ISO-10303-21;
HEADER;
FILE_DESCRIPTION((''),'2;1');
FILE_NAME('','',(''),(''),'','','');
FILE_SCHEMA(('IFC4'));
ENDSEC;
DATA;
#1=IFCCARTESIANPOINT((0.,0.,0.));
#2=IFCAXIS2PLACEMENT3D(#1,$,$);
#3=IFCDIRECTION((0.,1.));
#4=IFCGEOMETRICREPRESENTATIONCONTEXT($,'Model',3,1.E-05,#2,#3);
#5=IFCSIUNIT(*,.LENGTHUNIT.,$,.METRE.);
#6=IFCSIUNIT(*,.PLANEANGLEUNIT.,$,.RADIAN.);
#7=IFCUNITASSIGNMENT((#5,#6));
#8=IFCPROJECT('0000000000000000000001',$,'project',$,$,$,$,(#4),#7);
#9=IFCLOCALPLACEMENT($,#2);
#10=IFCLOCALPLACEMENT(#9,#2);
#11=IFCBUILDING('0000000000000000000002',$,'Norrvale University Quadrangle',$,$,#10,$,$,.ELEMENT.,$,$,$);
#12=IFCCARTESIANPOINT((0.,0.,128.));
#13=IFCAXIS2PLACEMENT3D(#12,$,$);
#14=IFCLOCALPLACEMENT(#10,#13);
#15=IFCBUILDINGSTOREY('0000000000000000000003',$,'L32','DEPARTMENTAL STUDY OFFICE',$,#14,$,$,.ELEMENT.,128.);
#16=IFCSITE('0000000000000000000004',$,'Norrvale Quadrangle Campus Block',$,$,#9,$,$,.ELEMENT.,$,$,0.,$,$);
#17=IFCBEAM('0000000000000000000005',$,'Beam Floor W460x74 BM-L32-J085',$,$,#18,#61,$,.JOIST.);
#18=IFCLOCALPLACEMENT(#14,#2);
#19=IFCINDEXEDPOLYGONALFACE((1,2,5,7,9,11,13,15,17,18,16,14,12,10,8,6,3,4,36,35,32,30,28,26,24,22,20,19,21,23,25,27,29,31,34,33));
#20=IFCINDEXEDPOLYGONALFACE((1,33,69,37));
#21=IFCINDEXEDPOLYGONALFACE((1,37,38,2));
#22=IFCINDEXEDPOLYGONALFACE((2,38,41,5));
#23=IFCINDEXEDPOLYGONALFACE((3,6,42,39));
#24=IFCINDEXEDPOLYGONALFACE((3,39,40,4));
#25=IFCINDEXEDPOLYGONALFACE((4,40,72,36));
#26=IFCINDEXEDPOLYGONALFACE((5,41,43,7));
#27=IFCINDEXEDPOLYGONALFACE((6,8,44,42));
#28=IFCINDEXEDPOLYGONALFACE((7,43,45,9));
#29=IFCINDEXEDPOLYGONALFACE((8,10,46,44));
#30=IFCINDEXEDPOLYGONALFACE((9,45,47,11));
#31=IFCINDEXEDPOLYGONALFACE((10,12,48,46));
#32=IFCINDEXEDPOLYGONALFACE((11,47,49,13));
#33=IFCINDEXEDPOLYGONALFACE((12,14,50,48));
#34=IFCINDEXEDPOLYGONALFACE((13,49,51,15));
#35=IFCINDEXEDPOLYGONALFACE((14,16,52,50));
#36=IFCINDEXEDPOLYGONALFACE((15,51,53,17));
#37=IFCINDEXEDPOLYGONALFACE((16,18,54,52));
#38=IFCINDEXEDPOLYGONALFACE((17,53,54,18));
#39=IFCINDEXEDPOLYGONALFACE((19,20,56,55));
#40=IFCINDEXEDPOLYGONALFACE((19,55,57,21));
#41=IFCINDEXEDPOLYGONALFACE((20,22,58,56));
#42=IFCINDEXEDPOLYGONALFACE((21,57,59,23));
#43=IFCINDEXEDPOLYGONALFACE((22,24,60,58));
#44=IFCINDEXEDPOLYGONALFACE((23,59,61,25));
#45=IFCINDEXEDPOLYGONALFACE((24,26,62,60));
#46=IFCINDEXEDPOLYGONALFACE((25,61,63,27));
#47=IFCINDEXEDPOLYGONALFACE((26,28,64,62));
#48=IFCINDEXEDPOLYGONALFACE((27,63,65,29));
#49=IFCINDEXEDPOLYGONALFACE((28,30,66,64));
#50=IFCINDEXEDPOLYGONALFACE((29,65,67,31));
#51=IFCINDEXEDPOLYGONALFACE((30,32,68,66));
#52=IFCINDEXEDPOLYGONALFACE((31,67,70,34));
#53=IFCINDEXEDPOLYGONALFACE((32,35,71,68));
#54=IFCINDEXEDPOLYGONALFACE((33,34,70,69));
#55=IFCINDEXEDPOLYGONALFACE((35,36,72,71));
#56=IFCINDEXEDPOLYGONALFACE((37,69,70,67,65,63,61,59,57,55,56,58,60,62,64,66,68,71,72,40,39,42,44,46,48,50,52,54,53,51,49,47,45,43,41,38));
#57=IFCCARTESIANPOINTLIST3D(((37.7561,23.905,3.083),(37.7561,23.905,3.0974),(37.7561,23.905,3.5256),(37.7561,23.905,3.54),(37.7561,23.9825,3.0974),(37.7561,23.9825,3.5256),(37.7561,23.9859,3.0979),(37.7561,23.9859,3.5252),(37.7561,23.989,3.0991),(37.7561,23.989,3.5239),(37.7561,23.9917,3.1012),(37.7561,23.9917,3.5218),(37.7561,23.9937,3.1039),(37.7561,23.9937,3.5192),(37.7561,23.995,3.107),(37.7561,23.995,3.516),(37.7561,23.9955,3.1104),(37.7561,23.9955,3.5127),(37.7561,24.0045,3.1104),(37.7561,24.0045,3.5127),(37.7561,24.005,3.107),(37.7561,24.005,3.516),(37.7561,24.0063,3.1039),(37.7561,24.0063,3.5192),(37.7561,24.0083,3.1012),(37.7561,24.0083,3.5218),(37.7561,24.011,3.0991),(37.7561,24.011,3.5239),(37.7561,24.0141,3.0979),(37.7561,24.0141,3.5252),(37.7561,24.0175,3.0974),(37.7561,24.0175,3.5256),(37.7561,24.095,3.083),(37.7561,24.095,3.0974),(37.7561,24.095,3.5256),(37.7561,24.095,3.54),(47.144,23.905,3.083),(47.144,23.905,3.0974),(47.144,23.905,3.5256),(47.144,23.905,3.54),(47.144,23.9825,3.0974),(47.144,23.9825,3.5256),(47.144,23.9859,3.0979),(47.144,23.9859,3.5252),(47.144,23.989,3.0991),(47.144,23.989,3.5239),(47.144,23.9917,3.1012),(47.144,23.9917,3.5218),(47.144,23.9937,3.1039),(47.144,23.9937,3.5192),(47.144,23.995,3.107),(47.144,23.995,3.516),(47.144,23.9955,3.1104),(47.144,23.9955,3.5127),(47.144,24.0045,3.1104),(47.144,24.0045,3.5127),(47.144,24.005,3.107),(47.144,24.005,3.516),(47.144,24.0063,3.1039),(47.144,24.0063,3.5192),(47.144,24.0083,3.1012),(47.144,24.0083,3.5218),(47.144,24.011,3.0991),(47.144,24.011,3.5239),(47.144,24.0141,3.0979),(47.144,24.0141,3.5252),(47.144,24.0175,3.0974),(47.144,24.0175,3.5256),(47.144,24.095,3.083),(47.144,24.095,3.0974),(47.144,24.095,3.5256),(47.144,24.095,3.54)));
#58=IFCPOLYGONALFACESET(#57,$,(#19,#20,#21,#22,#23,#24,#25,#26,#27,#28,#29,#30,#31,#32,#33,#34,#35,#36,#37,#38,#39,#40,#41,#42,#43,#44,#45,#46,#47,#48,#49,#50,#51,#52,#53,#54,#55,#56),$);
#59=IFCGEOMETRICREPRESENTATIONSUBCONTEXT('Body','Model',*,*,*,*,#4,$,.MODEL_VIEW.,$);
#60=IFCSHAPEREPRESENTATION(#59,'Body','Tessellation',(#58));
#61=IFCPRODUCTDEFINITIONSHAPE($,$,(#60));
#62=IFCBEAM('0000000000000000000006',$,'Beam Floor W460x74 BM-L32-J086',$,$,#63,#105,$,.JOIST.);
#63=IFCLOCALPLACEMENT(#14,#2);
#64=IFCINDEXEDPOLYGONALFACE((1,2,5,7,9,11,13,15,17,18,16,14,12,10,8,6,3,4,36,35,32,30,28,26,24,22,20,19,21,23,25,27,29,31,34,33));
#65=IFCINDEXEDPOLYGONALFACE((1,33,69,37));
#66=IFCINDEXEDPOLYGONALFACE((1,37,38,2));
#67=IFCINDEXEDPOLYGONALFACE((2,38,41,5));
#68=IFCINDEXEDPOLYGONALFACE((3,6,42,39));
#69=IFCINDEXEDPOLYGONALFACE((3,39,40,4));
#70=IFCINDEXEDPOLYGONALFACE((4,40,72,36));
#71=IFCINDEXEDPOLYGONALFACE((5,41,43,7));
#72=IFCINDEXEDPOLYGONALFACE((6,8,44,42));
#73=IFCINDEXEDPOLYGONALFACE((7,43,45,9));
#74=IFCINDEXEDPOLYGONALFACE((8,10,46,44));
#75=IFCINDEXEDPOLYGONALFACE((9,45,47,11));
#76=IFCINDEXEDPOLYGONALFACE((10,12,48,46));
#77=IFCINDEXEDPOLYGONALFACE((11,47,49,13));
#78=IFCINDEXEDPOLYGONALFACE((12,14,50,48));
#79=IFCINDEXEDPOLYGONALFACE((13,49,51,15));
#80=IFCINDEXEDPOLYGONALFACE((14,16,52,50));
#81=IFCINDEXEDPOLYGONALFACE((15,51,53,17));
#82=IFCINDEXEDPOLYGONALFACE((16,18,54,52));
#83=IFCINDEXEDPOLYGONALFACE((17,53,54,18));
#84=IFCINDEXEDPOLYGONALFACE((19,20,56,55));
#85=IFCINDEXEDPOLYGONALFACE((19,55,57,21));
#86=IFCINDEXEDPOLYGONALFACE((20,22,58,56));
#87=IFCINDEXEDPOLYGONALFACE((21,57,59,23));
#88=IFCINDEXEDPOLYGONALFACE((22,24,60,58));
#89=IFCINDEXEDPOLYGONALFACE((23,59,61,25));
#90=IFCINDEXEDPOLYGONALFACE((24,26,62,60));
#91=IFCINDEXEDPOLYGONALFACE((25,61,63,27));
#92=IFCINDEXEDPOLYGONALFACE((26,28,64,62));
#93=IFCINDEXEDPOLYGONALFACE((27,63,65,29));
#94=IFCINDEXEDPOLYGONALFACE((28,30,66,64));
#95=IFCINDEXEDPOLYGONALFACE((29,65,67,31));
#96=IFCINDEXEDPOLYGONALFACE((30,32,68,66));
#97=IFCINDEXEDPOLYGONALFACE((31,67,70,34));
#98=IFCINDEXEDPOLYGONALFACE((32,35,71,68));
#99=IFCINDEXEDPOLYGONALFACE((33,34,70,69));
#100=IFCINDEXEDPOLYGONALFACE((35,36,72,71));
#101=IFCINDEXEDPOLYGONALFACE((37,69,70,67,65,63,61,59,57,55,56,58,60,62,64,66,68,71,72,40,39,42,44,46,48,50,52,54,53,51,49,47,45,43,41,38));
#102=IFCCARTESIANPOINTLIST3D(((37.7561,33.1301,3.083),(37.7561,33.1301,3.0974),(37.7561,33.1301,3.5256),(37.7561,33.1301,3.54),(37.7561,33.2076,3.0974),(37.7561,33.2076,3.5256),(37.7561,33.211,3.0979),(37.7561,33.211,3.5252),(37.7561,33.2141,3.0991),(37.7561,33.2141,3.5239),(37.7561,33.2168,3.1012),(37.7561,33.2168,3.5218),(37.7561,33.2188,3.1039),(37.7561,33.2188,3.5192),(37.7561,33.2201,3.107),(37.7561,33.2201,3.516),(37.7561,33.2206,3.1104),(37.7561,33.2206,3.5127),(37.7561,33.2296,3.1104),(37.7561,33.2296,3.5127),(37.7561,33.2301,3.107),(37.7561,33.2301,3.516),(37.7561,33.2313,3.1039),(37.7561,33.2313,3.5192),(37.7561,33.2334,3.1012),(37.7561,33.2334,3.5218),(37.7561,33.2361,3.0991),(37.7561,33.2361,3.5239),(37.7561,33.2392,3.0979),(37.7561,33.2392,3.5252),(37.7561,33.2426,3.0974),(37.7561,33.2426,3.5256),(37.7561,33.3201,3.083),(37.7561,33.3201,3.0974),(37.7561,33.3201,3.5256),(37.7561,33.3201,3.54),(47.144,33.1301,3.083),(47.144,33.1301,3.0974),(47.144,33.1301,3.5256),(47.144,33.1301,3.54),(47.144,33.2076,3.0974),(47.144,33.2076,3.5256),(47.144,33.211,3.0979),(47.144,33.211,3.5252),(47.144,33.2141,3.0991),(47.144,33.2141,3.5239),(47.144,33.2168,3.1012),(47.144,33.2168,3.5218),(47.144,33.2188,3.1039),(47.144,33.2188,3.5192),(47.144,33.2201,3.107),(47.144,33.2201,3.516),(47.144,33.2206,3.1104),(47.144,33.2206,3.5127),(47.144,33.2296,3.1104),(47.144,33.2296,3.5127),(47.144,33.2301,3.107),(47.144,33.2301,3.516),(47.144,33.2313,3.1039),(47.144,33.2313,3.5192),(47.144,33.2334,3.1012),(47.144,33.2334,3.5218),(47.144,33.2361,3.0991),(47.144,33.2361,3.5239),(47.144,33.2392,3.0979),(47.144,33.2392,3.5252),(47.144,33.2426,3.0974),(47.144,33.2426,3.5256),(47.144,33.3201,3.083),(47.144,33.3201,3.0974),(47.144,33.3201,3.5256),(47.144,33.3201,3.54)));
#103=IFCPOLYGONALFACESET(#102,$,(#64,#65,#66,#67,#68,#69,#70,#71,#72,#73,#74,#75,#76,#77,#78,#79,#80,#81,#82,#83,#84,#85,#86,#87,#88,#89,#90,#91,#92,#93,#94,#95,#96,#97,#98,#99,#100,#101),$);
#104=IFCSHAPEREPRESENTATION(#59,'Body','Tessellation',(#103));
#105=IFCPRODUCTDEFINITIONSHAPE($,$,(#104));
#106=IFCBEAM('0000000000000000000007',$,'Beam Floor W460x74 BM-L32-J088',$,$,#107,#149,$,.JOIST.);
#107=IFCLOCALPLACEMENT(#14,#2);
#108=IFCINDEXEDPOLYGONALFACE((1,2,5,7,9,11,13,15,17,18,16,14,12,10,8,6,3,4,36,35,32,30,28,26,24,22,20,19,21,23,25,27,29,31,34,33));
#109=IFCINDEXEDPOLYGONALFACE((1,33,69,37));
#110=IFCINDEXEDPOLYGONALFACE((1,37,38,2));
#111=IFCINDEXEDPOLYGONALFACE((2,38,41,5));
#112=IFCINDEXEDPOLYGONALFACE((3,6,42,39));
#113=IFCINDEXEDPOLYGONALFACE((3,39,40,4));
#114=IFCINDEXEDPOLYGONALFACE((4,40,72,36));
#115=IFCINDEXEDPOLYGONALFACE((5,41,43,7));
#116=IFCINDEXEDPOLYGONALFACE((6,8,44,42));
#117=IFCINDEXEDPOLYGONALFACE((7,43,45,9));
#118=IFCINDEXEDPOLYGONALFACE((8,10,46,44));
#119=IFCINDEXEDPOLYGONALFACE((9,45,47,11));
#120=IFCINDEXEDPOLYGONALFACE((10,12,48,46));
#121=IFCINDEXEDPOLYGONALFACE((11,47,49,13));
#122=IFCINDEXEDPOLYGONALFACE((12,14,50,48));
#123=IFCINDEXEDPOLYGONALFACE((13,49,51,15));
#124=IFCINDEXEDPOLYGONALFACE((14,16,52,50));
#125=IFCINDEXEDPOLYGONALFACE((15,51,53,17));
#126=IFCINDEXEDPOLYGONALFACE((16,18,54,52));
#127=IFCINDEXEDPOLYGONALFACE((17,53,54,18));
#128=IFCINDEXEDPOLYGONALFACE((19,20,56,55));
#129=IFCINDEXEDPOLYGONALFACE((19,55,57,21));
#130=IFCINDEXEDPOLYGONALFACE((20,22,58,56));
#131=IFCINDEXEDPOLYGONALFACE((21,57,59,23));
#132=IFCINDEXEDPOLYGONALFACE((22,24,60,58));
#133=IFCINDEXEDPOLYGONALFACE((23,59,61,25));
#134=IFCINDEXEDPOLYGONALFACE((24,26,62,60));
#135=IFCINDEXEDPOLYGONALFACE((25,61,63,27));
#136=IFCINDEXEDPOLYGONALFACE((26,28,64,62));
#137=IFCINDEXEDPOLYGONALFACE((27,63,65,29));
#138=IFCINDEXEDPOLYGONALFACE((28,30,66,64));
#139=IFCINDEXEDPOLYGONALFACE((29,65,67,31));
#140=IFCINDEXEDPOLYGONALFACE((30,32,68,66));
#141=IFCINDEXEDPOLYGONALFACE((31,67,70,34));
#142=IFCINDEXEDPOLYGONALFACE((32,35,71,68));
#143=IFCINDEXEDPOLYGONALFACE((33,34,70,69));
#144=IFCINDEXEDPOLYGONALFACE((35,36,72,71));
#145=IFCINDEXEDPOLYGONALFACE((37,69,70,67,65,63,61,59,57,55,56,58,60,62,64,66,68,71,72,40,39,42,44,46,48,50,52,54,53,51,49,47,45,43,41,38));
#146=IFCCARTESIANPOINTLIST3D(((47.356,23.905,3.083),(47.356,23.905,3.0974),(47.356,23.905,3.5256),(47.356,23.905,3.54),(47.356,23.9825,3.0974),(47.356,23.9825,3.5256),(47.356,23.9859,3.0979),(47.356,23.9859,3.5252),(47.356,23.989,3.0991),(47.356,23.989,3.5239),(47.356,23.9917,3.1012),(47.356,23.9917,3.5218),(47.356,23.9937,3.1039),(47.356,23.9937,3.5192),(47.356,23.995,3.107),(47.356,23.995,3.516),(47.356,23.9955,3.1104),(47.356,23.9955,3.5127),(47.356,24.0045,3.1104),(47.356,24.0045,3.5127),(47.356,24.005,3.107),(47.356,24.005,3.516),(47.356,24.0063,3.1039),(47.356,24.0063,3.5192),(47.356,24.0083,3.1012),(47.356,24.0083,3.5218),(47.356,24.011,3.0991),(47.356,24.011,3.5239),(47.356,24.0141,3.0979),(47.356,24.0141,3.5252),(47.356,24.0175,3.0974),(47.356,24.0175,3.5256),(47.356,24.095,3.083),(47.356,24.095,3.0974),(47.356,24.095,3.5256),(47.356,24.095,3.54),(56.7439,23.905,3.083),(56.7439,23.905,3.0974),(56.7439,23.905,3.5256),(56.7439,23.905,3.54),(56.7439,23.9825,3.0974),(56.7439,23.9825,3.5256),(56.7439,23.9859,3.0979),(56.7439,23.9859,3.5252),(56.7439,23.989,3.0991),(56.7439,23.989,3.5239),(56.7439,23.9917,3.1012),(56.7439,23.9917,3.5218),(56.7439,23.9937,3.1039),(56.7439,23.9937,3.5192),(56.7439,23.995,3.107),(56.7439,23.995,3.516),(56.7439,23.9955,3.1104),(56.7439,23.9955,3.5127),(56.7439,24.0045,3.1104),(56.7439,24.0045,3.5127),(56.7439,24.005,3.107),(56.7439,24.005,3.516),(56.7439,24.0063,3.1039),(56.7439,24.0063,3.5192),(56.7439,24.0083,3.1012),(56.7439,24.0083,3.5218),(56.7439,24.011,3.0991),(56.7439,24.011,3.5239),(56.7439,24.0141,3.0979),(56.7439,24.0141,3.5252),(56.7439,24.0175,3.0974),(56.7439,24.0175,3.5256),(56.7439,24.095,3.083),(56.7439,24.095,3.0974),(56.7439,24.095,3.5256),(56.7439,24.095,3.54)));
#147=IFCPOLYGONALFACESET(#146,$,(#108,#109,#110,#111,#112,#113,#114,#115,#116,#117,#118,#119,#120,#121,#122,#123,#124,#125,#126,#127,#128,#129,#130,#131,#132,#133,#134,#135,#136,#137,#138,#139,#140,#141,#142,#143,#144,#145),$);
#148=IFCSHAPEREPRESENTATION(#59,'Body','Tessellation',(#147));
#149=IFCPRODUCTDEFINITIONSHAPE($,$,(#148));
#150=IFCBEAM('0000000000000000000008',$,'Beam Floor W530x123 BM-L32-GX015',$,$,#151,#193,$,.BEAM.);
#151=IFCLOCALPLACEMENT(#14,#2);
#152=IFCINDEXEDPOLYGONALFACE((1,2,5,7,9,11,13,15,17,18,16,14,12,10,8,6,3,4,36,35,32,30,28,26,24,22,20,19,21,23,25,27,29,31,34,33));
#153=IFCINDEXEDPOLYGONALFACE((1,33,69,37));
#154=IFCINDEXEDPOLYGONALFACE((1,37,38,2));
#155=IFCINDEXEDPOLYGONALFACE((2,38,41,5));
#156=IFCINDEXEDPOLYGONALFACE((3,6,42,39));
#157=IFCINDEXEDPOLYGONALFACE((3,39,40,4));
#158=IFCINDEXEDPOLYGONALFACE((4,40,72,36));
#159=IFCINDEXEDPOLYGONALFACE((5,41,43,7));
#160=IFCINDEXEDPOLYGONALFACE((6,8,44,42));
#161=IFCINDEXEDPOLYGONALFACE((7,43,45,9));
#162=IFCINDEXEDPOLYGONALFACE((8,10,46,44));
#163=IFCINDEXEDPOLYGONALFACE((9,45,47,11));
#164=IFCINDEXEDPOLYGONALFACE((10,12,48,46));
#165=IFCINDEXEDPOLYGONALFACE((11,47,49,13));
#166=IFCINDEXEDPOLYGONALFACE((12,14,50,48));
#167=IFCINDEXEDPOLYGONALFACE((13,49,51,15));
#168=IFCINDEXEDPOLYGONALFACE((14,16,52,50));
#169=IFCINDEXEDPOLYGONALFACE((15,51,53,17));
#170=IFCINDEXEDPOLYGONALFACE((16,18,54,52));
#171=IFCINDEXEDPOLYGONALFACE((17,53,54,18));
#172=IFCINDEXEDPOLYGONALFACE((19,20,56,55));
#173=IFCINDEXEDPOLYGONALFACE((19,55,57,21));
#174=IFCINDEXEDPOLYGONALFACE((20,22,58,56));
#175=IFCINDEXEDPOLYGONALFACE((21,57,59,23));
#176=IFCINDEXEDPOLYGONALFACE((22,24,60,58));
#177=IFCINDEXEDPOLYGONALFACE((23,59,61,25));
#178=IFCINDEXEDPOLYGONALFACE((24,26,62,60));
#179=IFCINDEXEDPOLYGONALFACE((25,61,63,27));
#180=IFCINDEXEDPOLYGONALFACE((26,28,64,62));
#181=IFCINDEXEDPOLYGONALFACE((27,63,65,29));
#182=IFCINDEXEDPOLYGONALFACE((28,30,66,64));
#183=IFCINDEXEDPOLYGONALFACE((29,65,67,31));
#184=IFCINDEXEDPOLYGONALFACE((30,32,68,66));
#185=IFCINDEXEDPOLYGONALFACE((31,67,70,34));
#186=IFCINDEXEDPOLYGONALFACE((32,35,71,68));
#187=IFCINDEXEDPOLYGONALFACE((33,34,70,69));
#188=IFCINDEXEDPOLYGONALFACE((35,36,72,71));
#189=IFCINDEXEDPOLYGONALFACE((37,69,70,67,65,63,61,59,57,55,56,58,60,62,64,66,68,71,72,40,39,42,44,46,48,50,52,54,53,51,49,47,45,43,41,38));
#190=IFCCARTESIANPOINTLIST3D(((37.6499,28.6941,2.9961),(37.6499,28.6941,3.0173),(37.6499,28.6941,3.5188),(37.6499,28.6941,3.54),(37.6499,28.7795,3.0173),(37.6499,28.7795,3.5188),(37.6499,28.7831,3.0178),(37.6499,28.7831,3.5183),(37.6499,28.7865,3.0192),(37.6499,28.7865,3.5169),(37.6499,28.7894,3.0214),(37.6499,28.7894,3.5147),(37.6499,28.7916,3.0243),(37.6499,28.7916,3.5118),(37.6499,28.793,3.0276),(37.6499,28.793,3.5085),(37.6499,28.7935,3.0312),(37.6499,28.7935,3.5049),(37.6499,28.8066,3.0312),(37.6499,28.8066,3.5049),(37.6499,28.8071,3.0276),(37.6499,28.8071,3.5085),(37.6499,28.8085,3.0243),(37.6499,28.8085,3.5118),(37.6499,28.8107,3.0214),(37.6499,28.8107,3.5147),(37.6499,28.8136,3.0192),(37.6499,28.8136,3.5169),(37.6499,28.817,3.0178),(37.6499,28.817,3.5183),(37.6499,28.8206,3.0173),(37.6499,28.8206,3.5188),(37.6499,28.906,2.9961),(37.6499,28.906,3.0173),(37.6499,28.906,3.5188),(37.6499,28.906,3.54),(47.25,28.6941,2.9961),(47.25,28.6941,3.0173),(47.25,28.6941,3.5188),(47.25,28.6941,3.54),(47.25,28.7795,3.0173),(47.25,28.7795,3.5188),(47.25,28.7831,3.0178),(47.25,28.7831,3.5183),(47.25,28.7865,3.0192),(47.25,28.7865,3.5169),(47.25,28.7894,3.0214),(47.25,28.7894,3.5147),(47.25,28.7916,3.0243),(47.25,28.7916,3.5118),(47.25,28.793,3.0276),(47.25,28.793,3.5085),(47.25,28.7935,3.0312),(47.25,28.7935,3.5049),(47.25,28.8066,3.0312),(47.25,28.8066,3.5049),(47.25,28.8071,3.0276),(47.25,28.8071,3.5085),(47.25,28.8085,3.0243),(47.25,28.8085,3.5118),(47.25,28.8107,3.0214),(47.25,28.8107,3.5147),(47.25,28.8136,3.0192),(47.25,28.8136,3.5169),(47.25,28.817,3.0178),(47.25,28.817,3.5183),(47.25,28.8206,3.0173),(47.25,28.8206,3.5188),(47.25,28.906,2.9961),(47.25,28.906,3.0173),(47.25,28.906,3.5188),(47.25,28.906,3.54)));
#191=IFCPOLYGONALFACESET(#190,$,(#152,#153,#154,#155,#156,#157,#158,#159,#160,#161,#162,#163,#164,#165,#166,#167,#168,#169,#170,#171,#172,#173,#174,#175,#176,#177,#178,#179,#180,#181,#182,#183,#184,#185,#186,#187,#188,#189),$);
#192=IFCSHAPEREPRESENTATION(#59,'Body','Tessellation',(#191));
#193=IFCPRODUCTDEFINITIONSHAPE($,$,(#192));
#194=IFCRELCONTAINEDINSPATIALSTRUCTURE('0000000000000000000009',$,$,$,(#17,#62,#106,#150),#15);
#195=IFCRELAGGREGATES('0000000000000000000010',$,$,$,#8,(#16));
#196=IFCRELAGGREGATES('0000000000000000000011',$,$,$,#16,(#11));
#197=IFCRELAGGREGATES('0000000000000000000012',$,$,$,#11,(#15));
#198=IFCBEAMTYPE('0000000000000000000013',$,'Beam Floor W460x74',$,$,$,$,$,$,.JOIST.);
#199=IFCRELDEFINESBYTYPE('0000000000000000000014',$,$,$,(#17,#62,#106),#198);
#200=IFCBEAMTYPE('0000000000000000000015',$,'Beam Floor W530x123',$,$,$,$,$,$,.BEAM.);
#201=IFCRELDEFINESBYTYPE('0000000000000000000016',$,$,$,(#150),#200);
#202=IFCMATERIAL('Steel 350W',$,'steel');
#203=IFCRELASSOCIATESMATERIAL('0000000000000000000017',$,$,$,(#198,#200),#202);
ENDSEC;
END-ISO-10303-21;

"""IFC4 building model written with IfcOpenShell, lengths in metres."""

from ifc_helpers import new_model, si_unit, direction, frame, origin, origin_2d, place, context, subcontext, project, spatial, i_section, extrude, material, material_profile, profile_set, type_object, element, save


model = new_model("IFC4")

# Units and contexts
model_context = context("Model", 3, precision=1e-05, world=origin(), true_north=direction((0.0, 1.0)))
body_context = subcontext(model_context, "Body", "Model", "MODEL_VIEW")
ifc_project = project(units=[si_unit("LENGTHUNIT", "METRE"), si_unit("PLANEANGLEUNIT", "RADIAN")], contexts=[model_context])

# Site, building, storey
site_placement = place(None, origin())
site = spatial("IfcSite", under=ifc_project, at=site_placement, Name="Norrvale Quadrangle Campus Block", CompositionType="ELEMENT", RefElevation=0.0)
building_placement = place(site_placement, origin())
building = spatial("IfcBuilding", under=site, at=building_placement, Name="Norrvale University Quadrangle", CompositionType="ELEMENT")
storey_placement = place(building_placement, frame((0.0, 0.0, 128.0)))
storey = spatial("IfcBuildingStorey", under=building, at=storey_placement, Name="L32", Description="DEPARTMENTAL STUDY OFFICE", CompositionType="ELEMENT", Elevation=128.0)

# Beams
ifc_material_1 = material(Name="Steel 350W", Category="steel")
ifc_material_profile_1 = material_profile(ifc_material_1, i_section(OverallWidth=0.1899, OverallDepth=0.457, WebThickness=0.009, FlangeThickness=0.0144, FilletRadius=0.0129, at=origin_2d()), Name="Steel 350W")
ifc_profile_set_1 = profile_set([ifc_material_profile_1], Name="Steel 350W")
beam_type_1 = type_object("IfcBeamType", Name="Beam Floor W460x74", PredefinedType="JOIST", material=ifc_profile_set_1)
for number, where, z_axis, x_axis, name in (
    (1, (37.7561, 24.0, 3.3115), (1.0, 0.0, 0.0), (0.0, 1.0, 0.0), "Beam Floor W460x74 BM-L32-J085"),
    (2, (37.7561, 33.2251, 3.3115), (1.0, 0.0, 0.0), (0.0, 1.0, 0.0), "Beam Floor W460x74 BM-L32-J086"),
    (3, (47.356, 24.0, 3.3115), (1.0, 0.0, 0.0), (0.0, 1.0, 0.0), "Beam Floor W460x74 BM-L32-J088"),
):
    element("IfcBeam", number, at=place(storey_placement, frame(where, z_axis=z_axis, x_axis=x_axis)), inside=storey, type_object=beam_type_1, Name=name, PredefinedType="JOIST", context=body_context, shape_type="SweptSolid", body=[
        extrude(i_section(OverallWidth=0.1899, OverallDepth=0.457, WebThickness=0.009, FlangeThickness=0.0144, FilletRadius=0.0129, at=origin_2d()), origin(), (0.0, 0.0, 1.0), 9.3879),
    ])
ifc_material_profile_2 = material_profile(ifc_material_1, i_section(OverallWidth=0.2119, OverallDepth=0.5439, WebThickness=0.0132, FlangeThickness=0.0212, FilletRadius=0.0139, at=origin_2d()), Name="Steel 350W")
ifc_profile_set_2 = profile_set([ifc_material_profile_2], Name="Steel 350W")
beam_type_2 = type_object("IfcBeamType", Name="Beam Floor W530x123", PredefinedType="BEAM", material=ifc_profile_set_2)
for number, where, z_axis, x_axis, name in (
    (4, (37.6499, 28.8, 3.2681), (1.0, 0.0, 0.0), (0.0, 1.0, 0.0), "Beam Floor W530x123 BM-L32-GX015"),
):
    element("IfcBeam", number, at=place(storey_placement, frame(where, z_axis=z_axis, x_axis=x_axis)), inside=storey, type_object=beam_type_2, Name=name, PredefinedType="BEAM", context=body_context, shape_type="SweptSolid", body=[
        extrude(i_section(OverallWidth=0.2119, OverallDepth=0.5439, WebThickness=0.0132, FlangeThickness=0.0212, FilletRadius=0.0139, at=origin_2d()), origin(), (0.0, 0.0, 1.0), 9.6001),
    ])

save(model, "model.ifc")
